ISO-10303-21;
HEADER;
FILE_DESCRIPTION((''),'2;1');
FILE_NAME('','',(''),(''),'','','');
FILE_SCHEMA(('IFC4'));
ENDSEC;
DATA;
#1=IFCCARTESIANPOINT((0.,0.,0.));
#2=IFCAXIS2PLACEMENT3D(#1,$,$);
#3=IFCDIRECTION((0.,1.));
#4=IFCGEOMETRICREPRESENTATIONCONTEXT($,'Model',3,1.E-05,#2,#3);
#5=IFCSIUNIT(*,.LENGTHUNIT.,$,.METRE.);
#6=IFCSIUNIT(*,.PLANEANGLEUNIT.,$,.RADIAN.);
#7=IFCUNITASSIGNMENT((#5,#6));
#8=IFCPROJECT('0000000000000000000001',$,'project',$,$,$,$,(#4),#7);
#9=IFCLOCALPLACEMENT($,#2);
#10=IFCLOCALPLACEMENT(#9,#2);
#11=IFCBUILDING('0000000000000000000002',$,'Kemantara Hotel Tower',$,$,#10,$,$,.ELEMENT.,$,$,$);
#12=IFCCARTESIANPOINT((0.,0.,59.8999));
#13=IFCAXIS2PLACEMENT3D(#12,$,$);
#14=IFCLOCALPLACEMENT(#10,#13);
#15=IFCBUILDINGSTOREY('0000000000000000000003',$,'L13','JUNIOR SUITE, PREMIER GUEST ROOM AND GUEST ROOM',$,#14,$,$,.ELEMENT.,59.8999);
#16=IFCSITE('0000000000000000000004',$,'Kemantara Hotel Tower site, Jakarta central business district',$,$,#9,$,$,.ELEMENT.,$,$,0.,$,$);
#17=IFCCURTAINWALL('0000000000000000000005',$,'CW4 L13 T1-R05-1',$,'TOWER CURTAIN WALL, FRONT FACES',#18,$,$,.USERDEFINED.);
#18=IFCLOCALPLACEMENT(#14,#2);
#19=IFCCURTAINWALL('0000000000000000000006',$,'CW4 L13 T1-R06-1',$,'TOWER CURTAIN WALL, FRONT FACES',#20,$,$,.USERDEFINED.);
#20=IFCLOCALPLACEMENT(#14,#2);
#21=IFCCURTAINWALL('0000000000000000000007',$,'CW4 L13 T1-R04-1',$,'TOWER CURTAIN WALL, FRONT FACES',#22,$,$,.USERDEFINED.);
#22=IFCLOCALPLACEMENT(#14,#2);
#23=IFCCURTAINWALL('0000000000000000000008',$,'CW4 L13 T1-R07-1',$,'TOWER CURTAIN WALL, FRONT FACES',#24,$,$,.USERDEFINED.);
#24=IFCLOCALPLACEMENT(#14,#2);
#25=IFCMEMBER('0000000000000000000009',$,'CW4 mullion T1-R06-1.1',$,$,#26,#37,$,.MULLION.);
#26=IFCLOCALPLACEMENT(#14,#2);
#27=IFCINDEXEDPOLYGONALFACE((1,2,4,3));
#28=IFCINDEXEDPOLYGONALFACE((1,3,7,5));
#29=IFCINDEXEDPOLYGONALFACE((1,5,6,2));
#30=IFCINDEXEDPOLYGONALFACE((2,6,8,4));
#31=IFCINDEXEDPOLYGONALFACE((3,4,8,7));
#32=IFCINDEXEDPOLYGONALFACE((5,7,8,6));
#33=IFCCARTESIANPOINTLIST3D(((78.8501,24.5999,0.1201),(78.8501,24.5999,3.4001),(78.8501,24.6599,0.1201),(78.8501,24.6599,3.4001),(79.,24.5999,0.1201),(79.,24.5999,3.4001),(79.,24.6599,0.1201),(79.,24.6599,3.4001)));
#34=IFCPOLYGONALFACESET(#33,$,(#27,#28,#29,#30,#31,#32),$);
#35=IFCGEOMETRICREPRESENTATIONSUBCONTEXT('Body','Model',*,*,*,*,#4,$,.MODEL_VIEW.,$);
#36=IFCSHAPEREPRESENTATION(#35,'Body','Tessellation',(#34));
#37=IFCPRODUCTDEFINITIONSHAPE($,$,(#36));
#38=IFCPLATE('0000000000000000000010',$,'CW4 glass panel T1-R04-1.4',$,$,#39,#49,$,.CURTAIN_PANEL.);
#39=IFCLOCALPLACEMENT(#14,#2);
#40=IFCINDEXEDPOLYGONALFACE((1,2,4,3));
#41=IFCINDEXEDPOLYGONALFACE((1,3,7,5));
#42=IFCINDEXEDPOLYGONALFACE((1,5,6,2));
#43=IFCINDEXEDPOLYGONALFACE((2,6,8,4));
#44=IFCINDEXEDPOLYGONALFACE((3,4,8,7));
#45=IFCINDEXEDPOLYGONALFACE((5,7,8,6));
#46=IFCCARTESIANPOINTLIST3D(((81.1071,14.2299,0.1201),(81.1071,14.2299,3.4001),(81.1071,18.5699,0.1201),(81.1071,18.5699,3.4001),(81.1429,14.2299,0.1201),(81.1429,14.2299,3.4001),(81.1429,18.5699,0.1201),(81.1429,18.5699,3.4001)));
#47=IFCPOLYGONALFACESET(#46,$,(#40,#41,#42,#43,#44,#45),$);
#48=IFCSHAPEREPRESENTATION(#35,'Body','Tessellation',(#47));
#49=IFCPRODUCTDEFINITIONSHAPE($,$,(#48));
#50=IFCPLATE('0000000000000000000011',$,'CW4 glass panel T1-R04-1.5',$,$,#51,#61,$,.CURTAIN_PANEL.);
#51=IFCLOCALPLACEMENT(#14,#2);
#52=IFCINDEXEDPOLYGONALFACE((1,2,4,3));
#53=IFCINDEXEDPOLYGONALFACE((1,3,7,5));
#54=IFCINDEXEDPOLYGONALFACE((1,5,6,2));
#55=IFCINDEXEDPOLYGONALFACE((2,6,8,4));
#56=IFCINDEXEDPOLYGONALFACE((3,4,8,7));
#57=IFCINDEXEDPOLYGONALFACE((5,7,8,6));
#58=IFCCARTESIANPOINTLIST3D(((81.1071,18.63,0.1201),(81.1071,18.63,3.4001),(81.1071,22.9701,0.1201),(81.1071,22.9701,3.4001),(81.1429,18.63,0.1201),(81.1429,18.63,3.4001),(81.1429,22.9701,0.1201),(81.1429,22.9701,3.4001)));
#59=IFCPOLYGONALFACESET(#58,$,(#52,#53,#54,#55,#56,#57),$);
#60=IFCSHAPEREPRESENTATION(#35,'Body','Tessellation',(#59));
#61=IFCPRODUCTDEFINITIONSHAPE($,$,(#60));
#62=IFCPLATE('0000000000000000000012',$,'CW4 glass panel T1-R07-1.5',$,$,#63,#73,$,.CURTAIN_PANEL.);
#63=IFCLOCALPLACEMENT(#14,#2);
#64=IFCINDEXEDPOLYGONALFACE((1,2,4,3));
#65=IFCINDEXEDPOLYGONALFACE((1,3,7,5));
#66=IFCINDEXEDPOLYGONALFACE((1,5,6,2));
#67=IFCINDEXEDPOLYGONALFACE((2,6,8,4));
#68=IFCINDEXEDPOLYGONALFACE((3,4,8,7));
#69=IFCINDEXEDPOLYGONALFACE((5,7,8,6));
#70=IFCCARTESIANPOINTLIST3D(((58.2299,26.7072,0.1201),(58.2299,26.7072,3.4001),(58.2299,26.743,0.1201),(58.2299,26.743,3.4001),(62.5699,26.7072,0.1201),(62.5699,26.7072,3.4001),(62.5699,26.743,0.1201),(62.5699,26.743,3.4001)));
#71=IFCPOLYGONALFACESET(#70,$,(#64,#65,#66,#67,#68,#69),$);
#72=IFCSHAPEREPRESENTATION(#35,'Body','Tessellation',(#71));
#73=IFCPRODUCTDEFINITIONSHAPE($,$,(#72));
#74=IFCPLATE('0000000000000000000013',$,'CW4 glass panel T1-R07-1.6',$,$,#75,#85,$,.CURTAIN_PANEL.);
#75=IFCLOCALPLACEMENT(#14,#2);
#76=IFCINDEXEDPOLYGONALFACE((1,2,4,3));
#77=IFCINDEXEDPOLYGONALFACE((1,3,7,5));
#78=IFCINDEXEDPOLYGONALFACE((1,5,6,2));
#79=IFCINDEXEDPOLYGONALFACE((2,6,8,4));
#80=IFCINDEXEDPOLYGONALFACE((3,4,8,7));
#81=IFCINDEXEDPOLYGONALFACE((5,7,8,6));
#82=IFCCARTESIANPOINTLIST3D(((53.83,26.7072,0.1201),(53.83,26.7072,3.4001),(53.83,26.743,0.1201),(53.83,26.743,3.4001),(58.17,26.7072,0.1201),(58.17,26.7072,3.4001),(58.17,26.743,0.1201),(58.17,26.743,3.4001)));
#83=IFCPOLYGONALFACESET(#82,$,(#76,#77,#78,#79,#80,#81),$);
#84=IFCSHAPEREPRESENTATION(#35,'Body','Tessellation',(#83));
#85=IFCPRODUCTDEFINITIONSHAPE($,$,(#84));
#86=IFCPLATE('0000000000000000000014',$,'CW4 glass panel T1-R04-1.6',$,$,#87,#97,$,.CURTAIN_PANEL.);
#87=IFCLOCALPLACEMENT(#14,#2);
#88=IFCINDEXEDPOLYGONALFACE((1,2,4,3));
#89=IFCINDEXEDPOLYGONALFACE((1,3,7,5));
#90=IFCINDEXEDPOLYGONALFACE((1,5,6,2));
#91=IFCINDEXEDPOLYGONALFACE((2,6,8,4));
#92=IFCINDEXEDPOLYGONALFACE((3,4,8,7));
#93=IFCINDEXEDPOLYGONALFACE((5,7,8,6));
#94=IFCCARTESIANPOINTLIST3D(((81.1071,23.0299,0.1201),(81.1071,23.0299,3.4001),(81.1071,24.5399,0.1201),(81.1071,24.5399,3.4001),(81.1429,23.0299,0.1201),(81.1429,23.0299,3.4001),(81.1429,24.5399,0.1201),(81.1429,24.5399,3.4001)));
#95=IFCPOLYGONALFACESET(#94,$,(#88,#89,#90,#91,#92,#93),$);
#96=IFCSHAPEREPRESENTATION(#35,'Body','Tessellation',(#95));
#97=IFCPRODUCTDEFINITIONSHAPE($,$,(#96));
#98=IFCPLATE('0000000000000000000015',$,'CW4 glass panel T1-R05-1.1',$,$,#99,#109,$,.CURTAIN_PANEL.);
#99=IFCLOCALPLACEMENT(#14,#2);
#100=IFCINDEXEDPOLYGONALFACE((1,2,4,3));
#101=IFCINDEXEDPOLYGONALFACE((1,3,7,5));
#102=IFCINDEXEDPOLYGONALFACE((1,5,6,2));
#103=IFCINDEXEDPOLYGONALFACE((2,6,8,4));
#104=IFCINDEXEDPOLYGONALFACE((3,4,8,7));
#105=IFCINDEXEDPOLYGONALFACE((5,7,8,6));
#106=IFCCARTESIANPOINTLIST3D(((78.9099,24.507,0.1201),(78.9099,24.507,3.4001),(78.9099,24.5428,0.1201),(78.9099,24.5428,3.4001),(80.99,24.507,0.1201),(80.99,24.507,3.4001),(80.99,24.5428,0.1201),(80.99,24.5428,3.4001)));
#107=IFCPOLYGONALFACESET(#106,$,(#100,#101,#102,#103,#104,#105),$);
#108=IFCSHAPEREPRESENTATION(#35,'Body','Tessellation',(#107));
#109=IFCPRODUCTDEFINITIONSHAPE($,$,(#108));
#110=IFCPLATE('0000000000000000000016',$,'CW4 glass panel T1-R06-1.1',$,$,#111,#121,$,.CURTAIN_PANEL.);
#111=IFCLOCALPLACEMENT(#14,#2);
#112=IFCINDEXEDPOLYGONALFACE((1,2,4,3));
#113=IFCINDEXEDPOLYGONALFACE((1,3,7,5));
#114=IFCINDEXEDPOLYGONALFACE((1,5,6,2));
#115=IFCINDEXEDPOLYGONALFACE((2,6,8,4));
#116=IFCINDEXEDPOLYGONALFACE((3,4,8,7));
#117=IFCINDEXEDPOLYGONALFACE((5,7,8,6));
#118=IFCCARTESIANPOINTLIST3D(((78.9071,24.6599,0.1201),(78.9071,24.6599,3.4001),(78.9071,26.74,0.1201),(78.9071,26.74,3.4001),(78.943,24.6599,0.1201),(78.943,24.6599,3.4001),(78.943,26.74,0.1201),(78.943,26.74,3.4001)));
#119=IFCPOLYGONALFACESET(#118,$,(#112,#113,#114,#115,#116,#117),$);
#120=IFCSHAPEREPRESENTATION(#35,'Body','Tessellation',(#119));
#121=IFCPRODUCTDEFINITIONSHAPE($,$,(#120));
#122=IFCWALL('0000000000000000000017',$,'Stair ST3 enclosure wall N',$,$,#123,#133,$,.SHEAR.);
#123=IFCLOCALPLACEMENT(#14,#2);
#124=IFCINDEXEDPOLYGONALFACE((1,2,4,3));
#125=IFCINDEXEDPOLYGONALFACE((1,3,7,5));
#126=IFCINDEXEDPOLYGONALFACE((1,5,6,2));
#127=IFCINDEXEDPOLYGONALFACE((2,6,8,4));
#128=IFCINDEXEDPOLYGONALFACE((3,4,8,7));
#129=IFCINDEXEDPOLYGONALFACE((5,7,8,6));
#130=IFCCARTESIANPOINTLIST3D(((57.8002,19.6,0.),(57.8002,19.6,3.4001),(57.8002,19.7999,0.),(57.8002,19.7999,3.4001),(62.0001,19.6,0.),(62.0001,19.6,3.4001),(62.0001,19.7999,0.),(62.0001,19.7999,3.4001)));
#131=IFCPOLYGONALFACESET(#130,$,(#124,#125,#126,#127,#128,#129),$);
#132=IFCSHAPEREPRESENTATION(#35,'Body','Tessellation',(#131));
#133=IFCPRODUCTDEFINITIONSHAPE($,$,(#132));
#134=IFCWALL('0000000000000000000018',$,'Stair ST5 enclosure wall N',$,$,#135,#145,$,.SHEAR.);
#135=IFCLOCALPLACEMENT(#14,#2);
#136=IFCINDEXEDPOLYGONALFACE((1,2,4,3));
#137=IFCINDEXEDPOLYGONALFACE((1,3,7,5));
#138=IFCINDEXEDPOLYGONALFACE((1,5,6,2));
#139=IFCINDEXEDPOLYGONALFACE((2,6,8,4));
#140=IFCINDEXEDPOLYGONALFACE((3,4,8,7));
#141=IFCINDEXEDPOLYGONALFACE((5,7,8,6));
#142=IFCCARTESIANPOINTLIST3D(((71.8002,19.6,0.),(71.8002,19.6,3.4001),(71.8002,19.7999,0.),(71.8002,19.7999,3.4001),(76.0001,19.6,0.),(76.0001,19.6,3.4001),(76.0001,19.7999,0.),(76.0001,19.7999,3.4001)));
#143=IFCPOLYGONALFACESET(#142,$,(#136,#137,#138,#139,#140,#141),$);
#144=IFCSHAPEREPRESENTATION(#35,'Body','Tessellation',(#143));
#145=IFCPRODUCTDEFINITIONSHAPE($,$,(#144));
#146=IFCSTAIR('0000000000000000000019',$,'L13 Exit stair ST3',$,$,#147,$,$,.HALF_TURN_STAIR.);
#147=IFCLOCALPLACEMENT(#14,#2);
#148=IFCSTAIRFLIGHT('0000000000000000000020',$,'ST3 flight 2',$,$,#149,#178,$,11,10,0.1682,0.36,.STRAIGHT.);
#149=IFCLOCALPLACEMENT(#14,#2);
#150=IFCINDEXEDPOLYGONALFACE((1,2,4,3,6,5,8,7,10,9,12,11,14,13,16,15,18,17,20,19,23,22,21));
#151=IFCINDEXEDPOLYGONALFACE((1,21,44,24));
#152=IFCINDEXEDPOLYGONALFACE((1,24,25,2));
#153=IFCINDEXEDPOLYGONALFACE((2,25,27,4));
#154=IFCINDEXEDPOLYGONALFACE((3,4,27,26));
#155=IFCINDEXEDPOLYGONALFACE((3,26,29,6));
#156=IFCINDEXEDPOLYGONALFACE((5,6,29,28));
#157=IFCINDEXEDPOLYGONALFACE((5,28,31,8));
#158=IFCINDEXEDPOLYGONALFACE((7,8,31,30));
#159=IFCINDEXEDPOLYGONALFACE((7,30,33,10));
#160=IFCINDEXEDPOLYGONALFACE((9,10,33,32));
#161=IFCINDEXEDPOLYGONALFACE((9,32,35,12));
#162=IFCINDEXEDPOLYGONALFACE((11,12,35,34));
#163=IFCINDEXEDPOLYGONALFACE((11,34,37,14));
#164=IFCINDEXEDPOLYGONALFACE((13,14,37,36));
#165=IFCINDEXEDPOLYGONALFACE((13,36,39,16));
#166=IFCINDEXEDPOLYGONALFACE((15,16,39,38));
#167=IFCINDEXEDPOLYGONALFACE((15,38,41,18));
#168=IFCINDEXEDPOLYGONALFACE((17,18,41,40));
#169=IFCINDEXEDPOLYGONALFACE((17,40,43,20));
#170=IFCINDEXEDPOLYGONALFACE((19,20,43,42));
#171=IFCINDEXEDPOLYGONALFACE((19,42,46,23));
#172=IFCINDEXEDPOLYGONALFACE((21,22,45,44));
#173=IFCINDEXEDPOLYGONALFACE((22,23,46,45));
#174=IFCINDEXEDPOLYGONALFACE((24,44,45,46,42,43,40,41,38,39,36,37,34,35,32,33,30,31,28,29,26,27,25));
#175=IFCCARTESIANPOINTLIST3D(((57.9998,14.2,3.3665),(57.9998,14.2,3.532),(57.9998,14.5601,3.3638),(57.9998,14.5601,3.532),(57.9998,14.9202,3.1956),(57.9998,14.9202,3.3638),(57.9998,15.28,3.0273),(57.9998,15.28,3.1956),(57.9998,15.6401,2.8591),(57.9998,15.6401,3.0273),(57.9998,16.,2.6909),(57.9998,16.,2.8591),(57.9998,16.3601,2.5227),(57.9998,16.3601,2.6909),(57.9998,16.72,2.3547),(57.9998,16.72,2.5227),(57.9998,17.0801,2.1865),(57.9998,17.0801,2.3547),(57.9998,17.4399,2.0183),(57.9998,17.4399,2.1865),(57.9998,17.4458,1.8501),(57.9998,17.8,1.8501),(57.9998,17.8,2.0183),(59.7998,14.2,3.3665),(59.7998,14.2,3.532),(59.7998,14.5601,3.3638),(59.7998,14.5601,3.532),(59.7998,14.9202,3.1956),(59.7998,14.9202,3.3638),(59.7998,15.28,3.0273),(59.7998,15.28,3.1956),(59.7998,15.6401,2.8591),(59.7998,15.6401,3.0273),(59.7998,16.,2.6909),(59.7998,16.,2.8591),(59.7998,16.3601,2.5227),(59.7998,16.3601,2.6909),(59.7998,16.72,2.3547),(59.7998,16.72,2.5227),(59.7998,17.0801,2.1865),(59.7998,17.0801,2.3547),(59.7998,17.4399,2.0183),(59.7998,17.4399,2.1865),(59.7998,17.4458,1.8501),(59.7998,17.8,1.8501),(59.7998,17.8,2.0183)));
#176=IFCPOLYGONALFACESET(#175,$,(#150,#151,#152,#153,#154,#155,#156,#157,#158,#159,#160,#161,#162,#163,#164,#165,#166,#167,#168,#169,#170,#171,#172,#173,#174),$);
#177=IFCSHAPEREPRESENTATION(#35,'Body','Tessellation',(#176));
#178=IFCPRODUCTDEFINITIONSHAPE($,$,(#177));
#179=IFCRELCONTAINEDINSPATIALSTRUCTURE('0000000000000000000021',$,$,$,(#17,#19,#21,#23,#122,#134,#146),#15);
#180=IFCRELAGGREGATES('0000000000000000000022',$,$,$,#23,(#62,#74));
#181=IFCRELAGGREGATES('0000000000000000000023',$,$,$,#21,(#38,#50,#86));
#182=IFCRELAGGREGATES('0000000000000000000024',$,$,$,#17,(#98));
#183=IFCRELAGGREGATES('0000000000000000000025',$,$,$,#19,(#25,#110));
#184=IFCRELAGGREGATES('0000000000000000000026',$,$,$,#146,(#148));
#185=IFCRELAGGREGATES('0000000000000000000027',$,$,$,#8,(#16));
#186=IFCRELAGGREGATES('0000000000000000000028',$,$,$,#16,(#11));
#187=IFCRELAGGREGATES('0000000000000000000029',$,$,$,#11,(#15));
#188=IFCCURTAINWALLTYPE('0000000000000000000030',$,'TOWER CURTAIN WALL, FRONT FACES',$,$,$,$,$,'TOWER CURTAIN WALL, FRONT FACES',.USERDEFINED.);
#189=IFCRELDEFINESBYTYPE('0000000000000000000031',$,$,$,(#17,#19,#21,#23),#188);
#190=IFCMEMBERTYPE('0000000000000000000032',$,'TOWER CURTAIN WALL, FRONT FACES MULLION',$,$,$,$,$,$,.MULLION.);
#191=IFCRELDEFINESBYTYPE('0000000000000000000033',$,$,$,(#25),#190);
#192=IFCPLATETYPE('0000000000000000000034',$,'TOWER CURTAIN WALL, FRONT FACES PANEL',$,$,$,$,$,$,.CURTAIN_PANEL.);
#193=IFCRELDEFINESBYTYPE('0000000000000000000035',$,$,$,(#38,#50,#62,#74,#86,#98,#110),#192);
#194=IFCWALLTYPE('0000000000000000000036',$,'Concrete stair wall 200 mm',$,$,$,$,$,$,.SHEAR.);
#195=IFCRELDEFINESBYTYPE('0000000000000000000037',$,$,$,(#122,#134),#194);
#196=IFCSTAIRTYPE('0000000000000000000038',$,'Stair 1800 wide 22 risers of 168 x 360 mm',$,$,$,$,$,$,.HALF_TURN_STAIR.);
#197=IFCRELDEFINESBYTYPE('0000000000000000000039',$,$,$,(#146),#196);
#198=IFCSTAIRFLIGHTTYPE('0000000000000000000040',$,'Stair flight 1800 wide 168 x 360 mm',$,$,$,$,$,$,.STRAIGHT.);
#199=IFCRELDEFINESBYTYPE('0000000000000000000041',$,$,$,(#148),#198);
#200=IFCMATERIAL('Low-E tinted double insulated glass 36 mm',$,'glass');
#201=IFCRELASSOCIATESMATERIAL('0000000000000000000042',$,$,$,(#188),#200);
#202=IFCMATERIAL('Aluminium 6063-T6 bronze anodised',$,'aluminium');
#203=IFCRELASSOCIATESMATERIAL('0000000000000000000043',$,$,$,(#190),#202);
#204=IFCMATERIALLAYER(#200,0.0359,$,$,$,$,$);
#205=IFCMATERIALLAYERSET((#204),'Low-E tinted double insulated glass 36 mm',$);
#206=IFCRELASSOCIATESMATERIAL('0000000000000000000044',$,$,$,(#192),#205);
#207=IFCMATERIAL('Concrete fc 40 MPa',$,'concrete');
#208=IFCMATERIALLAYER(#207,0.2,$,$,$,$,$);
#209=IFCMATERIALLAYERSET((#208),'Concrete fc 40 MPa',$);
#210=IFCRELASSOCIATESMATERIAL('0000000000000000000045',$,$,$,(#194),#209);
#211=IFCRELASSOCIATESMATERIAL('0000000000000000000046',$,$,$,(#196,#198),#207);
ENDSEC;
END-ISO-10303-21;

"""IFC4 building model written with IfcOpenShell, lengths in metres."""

from ifc_helpers import new_model, si_unit, direction, frame, frame_2d, origin, origin_2d, place, context, subcontext, project, spatial, polyline, rectangle, outline, extrude, source, transform, mapped, material, layer, layer_set, material_profile, profile_set, type_object, element, aggregate, save


model = new_model("IFC4")

# Units and contexts
model_context = context("Model", 3, precision=1e-05, world=origin(), true_north=direction((0.0, 1.0)))
body_context = subcontext(model_context, "Body", "Model", "MODEL_VIEW")
ifc_project = project(units=[si_unit("LENGTHUNIT", "METRE"), si_unit("PLANEANGLEUNIT", "RADIAN")], contexts=[model_context])

# Site, building, storey
site_placement = place(None, origin())
site = spatial("IfcSite", under=ifc_project, at=site_placement, Name="Kemantara Hotel Tower site, Jakarta central business district", CompositionType="ELEMENT", RefElevation=0.0)
building_placement = place(site_placement, origin())
building = spatial("IfcBuilding", under=site, at=building_placement, Name="Kemantara Hotel Tower", CompositionType="ELEMENT")
storey_placement = place(building_placement, frame((0.0, 0.0, 59.8999)))
storey = spatial("IfcBuildingStorey", under=building, at=storey_placement, Name="L13", Description="JUNIOR SUITE, PREMIER GUEST ROOM AND GUEST ROOM", CompositionType="ELEMENT", Elevation=59.8999)

# Curtain walls
ifc_material_1 = material(Name="Low-E tinted double insulated glass 36 mm", Category="glass")
curtain_wall_type = type_object("IfcCurtainWallType", Name="TOWER CURTAIN WALL, FRONT FACES", ElementType="TOWER CURTAIN WALL, FRONT FACES", PredefinedType="USERDEFINED", material=ifc_material_1)
curtain_wall_1_placement = place(storey_placement, origin())
curtain_wall_1 = element("IfcCurtainWall", 1, at=curtain_wall_1_placement, inside=storey, type_object=curtain_wall_type, Name="CW4 L13 T1-R05-1", ObjectType="TOWER CURTAIN WALL, FRONT FACES", PredefinedType="USERDEFINED")
ifc_material_2 = material(Name="Aluminium 6063-T6 bronze anodised", Category="aluminium")
curtain_wall_2_placement = place(storey_placement, origin())
curtain_wall_2 = element("IfcCurtainWall", 2, at=curtain_wall_2_placement, inside=storey, type_object=curtain_wall_type, Name="CW4 L13 T1-R06-1", ObjectType="TOWER CURTAIN WALL, FRONT FACES", PredefinedType="USERDEFINED")

# Curtain walls
curtain_wall_3_placement = place(storey_placement, origin())
curtain_wall_3 = element("IfcCurtainWall", 3, at=curtain_wall_3_placement, inside=storey, type_object=curtain_wall_type, Name="CW4 L13 T1-R04-1", ObjectType="TOWER CURTAIN WALL, FRONT FACES", PredefinedType="USERDEFINED")
ifc_material_profile_1 = material_profile(ifc_material_2, rectangle(XDim=0.1499, YDim=0.0601, at=origin_2d()), Name="TOWER CURTAIN WALL, FRONT FACES MULLION")
ifc_profile_set_1 = profile_set([ifc_material_profile_1], Name="Aluminium 6063-T6 bronze anodised")
member_type_1 = type_object("IfcMemberType", Name="TOWER CURTAIN WALL, FRONT FACES MULLION", PredefinedType="MULLION", material=ifc_profile_set_1)
shared_shape_1 = source(origin(), body_context, "Body", "SweptSolid", [
    extrude(rectangle(XDim=0.1499, YDim=0.0601, at=origin_2d()), origin(), (0.0, 0.0, 1.0), 3.28),
])
curtain_wall_4_placement = place(storey_placement, origin())
curtain_wall_4 = element("IfcCurtainWall", 4, at=curtain_wall_4_placement, inside=storey, type_object=curtain_wall_type, Name="CW4 L13 T1-R07-1", ObjectType="TOWER CURTAIN WALL, FRONT FACES", PredefinedType="USERDEFINED")

# Member
member_1_placement = place(storey_placement, frame((78.925, 24.6299, 0.1201), z_axis=(0.0, 0.0, 1.0), x_axis=(-1.0, 0.0, 0.0)))
member_1 = element("IfcMember", 5, at=member_1_placement, type_object=member_type_1, Name="CW4 mullion T1-R06-1.1", PredefinedType="MULLION", context=body_context, shape_type="MappedRepresentation", body=[
    mapped(shared_shape_1, transform((0.0, 0.0, 0.0))),
])

# Plates
ifc_layer_1 = layer(ifc_material_1, 0.0359)
ifc_layer_set_1 = layer_set([ifc_layer_1], Name="Low-E tinted double insulated glass 36 mm")
plate_type = type_object("IfcPlateType", Name="TOWER CURTAIN WALL, FRONT FACES PANEL", PredefinedType="CURTAIN_PANEL", material=ifc_layer_set_1)
shared_shape_2 = source(origin(), body_context, "Body", "SweptSolid", [
    extrude(rectangle(XDim=4.3401, YDim=0.0359, at=origin_2d()), origin(), (0.0, 0.0, 1.0), 3.28),
])
plate_1_placement = place(storey_placement, frame((81.125, 16.3999, 0.1201), z_axis=(0.0, 0.0, 1.0), x_axis=(0.0, 1.0, 0.0)))
plate_1 = element("IfcPlate", 6, at=plate_1_placement, type_object=plate_type, Name="CW4 glass panel T1-R04-1.4", PredefinedType="CURTAIN_PANEL", context=body_context, shape_type="MappedRepresentation", body=[
    mapped(shared_shape_2, transform((0.0, 0.0, 0.0))),
])
plate_2_placement = place(storey_placement, frame((81.125, 20.8, 0.1201), z_axis=(0.0, 0.0, 1.0), x_axis=(0.0, 1.0, 0.0)))
plate_2 = element("IfcPlate", 7, at=plate_2_placement, type_object=plate_type, Name="CW4 glass panel T1-R04-1.5", PredefinedType="CURTAIN_PANEL", context=body_context, shape_type="MappedRepresentation", body=[
    mapped(shared_shape_2, transform((0.0, 0.0, 0.0))),
])
plate_3_placement = place(storey_placement, frame((60.3999, 26.7251, 0.1201), z_axis=(0.0, 0.0, 1.0), x_axis=(-1.0, 0.0, 0.0)))
plate_3 = element("IfcPlate", 8, at=plate_3_placement, type_object=plate_type, Name="CW4 glass panel T1-R07-1.5", PredefinedType="CURTAIN_PANEL", context=body_context, shape_type="MappedRepresentation", body=[
    mapped(shared_shape_2, transform((0.0, 0.0, 0.0))),
])
plate_4_placement = place(storey_placement, frame((56.0, 26.7251, 0.1201), z_axis=(0.0, 0.0, 1.0), x_axis=(-1.0, 0.0, 0.0)))
plate_4 = element("IfcPlate", 9, at=plate_4_placement, type_object=plate_type, Name="CW4 glass panel T1-R07-1.6", PredefinedType="CURTAIN_PANEL", context=body_context, shape_type="MappedRepresentation", body=[
    mapped(shared_shape_2, transform((0.0, 0.0, 0.0))),
])
aggregate(curtain_wall_4, [plate_3, plate_4])
shared_shape_3 = source(origin(), body_context, "Body", "SweptSolid", [
    extrude(rectangle(XDim=1.51, YDim=0.0359, at=origin_2d()), origin(), (0.0, 0.0, 1.0), 3.28),
])
plate_5_placement = place(storey_placement, frame((81.125, 23.7849, 0.1201), z_axis=(0.0, 0.0, 1.0), x_axis=(0.0, 1.0, 0.0)))
plate_5 = element("IfcPlate", 10, at=plate_5_placement, type_object=plate_type, Name="CW4 glass panel T1-R04-1.6", PredefinedType="CURTAIN_PANEL", context=body_context, shape_type="MappedRepresentation", body=[
    mapped(shared_shape_3, transform((0.0, 0.0, 0.0))),
])
aggregate(curtain_wall_3, [plate_1, plate_2, plate_5])
shared_shape_4 = source(origin(), body_context, "Body", "SweptSolid", [
    extrude(rectangle(XDim=2.0801, YDim=0.0359, at=origin_2d()), origin(), (0.0, 0.0, 1.0), 3.28),
])
plate_6_placement = place(storey_placement, frame((79.95, 24.5249, 0.1201), z_axis=(0.0, 0.0, 1.0), x_axis=(-1.0, 0.0, 0.0)))
plate_6 = element("IfcPlate", 11, at=plate_6_placement, type_object=plate_type, Name="CW4 glass panel T1-R05-1.1", PredefinedType="CURTAIN_PANEL", context=body_context, shape_type="MappedRepresentation", body=[
    mapped(shared_shape_4, transform((0.0, 0.0, 0.0))),
])
aggregate(curtain_wall_1, [plate_6])
plate_7_placement = place(storey_placement, frame((78.925, 25.7, 0.1201), z_axis=(0.0, 0.0, 1.0), x_axis=(0.0, 1.0, 0.0)))
plate_7 = element("IfcPlate", 12, at=plate_7_placement, type_object=plate_type, Name="CW4 glass panel T1-R06-1.1", PredefinedType="CURTAIN_PANEL", context=body_context, shape_type="MappedRepresentation", body=[
    mapped(shared_shape_4, transform((0.0, 0.0, 0.0))),
])
aggregate(curtain_wall_2, [member_1, plate_7])

# Walls
ifc_material_3 = material(Name="Concrete fc 40 MPa", Category="concrete")
ifc_layer_2 = layer(ifc_material_3, 0.2)
ifc_layer_set_2 = layer_set([ifc_layer_2], Name="Concrete fc 40 MPa")
wall_type = type_object("IfcWallType", Name="Concrete stair wall 200 mm", PredefinedType="SHEAR", material=ifc_layer_set_2)
for number, where, z_axis, x_axis, name in (
    (13, (57.8, 19.7, 0.0), (0.0, 0.0, 1.0), (1.0, 0.0, 0.0), "Stair ST3 enclosure wall N"),
    (14, (71.8, 19.7, 0.0), (0.0, 0.0, 1.0), (1.0, 0.0, 0.0), "Stair ST5 enclosure wall N"),
):
    element("IfcWall", number, at=place(storey_placement, frame(where, z_axis=z_axis, x_axis=x_axis)), inside=storey, type_object=wall_type, Name=name, PredefinedType="SHEAR", context=body_context, shape_type="SweptSolid", body=[
        extrude(rectangle(XDim=4.2, YDim=0.2, at=frame_2d((2.1001, 0.0))), origin(), (0.0, 0.0, 1.0), 3.4001),
    ])

# Stair, stair flight
stair_type = type_object("IfcStairType", Name="Stair 1800 wide 22 risers of 168 x 360 mm", PredefinedType="HALF_TURN_STAIR", material=ifc_material_3)
stair_1_placement = place(storey_placement, origin())
stair_1 = element("IfcStair", 15, at=stair_1_placement, inside=storey, type_object=stair_type, Name="L13 Exit stair ST3", PredefinedType="HALF_TURN_STAIR")
stair_flight_type = type_object("IfcStairFlightType", Name="Stair flight 1800 wide 168 x 360 mm", PredefinedType="STRAIGHT", material=ifc_material_3)
stair_flight_1_placement = place(storey_placement, frame((58.8999, 17.8, 1.8501), z_axis=(0.0, 0.0, 1.0), x_axis=(0.0, -1.0, 0.0)))
stair_flight_1 = element("IfcStairFlight", 16, at=stair_flight_1_placement, type_object=stair_flight_type, Name="ST3 flight 2", NumberOfRisers=11, NumberOfTreads=10, PredefinedType="STRAIGHT", RiserHeight=0.1682, TreadLength=0.36, context=body_context, shape_type="SweptSolid", body=[
    extrude(outline(polyline([(0.0, 0.0), (0.0, 0.1682), (0.3601, 0.1682), (0.3601, 0.3364), (0.72, 0.3364), (0.72, 0.5046), (1.0801, 0.5046), (1.0801, 0.6726), (1.4399, 0.6726), (1.4399, 0.8408), (1.8, 0.8408), (1.8, 1.009), (2.1599, 1.009), (2.1599, 1.1772), (2.52, 1.1772), (2.52, 1.3455), (2.8799, 1.3455), (2.8799, 1.5137), (3.24, 1.5137), (3.24, 1.6819), (3.6001, 1.6819), (3.6001, 1.8501), (3.6001, 1.5164), (0.3542, 0.0), (0.0, 0.0)])), frame((0.0, 0.8999, 0.0), z_axis=(0.0, -1.0, 0.0), x_axis=(1.0, 0.0, 0.0)), (0.0, 0.0, 1.0), 1.8),
])
aggregate(stair_1, [stair_flight_1])

save(model, "model.ifc")
